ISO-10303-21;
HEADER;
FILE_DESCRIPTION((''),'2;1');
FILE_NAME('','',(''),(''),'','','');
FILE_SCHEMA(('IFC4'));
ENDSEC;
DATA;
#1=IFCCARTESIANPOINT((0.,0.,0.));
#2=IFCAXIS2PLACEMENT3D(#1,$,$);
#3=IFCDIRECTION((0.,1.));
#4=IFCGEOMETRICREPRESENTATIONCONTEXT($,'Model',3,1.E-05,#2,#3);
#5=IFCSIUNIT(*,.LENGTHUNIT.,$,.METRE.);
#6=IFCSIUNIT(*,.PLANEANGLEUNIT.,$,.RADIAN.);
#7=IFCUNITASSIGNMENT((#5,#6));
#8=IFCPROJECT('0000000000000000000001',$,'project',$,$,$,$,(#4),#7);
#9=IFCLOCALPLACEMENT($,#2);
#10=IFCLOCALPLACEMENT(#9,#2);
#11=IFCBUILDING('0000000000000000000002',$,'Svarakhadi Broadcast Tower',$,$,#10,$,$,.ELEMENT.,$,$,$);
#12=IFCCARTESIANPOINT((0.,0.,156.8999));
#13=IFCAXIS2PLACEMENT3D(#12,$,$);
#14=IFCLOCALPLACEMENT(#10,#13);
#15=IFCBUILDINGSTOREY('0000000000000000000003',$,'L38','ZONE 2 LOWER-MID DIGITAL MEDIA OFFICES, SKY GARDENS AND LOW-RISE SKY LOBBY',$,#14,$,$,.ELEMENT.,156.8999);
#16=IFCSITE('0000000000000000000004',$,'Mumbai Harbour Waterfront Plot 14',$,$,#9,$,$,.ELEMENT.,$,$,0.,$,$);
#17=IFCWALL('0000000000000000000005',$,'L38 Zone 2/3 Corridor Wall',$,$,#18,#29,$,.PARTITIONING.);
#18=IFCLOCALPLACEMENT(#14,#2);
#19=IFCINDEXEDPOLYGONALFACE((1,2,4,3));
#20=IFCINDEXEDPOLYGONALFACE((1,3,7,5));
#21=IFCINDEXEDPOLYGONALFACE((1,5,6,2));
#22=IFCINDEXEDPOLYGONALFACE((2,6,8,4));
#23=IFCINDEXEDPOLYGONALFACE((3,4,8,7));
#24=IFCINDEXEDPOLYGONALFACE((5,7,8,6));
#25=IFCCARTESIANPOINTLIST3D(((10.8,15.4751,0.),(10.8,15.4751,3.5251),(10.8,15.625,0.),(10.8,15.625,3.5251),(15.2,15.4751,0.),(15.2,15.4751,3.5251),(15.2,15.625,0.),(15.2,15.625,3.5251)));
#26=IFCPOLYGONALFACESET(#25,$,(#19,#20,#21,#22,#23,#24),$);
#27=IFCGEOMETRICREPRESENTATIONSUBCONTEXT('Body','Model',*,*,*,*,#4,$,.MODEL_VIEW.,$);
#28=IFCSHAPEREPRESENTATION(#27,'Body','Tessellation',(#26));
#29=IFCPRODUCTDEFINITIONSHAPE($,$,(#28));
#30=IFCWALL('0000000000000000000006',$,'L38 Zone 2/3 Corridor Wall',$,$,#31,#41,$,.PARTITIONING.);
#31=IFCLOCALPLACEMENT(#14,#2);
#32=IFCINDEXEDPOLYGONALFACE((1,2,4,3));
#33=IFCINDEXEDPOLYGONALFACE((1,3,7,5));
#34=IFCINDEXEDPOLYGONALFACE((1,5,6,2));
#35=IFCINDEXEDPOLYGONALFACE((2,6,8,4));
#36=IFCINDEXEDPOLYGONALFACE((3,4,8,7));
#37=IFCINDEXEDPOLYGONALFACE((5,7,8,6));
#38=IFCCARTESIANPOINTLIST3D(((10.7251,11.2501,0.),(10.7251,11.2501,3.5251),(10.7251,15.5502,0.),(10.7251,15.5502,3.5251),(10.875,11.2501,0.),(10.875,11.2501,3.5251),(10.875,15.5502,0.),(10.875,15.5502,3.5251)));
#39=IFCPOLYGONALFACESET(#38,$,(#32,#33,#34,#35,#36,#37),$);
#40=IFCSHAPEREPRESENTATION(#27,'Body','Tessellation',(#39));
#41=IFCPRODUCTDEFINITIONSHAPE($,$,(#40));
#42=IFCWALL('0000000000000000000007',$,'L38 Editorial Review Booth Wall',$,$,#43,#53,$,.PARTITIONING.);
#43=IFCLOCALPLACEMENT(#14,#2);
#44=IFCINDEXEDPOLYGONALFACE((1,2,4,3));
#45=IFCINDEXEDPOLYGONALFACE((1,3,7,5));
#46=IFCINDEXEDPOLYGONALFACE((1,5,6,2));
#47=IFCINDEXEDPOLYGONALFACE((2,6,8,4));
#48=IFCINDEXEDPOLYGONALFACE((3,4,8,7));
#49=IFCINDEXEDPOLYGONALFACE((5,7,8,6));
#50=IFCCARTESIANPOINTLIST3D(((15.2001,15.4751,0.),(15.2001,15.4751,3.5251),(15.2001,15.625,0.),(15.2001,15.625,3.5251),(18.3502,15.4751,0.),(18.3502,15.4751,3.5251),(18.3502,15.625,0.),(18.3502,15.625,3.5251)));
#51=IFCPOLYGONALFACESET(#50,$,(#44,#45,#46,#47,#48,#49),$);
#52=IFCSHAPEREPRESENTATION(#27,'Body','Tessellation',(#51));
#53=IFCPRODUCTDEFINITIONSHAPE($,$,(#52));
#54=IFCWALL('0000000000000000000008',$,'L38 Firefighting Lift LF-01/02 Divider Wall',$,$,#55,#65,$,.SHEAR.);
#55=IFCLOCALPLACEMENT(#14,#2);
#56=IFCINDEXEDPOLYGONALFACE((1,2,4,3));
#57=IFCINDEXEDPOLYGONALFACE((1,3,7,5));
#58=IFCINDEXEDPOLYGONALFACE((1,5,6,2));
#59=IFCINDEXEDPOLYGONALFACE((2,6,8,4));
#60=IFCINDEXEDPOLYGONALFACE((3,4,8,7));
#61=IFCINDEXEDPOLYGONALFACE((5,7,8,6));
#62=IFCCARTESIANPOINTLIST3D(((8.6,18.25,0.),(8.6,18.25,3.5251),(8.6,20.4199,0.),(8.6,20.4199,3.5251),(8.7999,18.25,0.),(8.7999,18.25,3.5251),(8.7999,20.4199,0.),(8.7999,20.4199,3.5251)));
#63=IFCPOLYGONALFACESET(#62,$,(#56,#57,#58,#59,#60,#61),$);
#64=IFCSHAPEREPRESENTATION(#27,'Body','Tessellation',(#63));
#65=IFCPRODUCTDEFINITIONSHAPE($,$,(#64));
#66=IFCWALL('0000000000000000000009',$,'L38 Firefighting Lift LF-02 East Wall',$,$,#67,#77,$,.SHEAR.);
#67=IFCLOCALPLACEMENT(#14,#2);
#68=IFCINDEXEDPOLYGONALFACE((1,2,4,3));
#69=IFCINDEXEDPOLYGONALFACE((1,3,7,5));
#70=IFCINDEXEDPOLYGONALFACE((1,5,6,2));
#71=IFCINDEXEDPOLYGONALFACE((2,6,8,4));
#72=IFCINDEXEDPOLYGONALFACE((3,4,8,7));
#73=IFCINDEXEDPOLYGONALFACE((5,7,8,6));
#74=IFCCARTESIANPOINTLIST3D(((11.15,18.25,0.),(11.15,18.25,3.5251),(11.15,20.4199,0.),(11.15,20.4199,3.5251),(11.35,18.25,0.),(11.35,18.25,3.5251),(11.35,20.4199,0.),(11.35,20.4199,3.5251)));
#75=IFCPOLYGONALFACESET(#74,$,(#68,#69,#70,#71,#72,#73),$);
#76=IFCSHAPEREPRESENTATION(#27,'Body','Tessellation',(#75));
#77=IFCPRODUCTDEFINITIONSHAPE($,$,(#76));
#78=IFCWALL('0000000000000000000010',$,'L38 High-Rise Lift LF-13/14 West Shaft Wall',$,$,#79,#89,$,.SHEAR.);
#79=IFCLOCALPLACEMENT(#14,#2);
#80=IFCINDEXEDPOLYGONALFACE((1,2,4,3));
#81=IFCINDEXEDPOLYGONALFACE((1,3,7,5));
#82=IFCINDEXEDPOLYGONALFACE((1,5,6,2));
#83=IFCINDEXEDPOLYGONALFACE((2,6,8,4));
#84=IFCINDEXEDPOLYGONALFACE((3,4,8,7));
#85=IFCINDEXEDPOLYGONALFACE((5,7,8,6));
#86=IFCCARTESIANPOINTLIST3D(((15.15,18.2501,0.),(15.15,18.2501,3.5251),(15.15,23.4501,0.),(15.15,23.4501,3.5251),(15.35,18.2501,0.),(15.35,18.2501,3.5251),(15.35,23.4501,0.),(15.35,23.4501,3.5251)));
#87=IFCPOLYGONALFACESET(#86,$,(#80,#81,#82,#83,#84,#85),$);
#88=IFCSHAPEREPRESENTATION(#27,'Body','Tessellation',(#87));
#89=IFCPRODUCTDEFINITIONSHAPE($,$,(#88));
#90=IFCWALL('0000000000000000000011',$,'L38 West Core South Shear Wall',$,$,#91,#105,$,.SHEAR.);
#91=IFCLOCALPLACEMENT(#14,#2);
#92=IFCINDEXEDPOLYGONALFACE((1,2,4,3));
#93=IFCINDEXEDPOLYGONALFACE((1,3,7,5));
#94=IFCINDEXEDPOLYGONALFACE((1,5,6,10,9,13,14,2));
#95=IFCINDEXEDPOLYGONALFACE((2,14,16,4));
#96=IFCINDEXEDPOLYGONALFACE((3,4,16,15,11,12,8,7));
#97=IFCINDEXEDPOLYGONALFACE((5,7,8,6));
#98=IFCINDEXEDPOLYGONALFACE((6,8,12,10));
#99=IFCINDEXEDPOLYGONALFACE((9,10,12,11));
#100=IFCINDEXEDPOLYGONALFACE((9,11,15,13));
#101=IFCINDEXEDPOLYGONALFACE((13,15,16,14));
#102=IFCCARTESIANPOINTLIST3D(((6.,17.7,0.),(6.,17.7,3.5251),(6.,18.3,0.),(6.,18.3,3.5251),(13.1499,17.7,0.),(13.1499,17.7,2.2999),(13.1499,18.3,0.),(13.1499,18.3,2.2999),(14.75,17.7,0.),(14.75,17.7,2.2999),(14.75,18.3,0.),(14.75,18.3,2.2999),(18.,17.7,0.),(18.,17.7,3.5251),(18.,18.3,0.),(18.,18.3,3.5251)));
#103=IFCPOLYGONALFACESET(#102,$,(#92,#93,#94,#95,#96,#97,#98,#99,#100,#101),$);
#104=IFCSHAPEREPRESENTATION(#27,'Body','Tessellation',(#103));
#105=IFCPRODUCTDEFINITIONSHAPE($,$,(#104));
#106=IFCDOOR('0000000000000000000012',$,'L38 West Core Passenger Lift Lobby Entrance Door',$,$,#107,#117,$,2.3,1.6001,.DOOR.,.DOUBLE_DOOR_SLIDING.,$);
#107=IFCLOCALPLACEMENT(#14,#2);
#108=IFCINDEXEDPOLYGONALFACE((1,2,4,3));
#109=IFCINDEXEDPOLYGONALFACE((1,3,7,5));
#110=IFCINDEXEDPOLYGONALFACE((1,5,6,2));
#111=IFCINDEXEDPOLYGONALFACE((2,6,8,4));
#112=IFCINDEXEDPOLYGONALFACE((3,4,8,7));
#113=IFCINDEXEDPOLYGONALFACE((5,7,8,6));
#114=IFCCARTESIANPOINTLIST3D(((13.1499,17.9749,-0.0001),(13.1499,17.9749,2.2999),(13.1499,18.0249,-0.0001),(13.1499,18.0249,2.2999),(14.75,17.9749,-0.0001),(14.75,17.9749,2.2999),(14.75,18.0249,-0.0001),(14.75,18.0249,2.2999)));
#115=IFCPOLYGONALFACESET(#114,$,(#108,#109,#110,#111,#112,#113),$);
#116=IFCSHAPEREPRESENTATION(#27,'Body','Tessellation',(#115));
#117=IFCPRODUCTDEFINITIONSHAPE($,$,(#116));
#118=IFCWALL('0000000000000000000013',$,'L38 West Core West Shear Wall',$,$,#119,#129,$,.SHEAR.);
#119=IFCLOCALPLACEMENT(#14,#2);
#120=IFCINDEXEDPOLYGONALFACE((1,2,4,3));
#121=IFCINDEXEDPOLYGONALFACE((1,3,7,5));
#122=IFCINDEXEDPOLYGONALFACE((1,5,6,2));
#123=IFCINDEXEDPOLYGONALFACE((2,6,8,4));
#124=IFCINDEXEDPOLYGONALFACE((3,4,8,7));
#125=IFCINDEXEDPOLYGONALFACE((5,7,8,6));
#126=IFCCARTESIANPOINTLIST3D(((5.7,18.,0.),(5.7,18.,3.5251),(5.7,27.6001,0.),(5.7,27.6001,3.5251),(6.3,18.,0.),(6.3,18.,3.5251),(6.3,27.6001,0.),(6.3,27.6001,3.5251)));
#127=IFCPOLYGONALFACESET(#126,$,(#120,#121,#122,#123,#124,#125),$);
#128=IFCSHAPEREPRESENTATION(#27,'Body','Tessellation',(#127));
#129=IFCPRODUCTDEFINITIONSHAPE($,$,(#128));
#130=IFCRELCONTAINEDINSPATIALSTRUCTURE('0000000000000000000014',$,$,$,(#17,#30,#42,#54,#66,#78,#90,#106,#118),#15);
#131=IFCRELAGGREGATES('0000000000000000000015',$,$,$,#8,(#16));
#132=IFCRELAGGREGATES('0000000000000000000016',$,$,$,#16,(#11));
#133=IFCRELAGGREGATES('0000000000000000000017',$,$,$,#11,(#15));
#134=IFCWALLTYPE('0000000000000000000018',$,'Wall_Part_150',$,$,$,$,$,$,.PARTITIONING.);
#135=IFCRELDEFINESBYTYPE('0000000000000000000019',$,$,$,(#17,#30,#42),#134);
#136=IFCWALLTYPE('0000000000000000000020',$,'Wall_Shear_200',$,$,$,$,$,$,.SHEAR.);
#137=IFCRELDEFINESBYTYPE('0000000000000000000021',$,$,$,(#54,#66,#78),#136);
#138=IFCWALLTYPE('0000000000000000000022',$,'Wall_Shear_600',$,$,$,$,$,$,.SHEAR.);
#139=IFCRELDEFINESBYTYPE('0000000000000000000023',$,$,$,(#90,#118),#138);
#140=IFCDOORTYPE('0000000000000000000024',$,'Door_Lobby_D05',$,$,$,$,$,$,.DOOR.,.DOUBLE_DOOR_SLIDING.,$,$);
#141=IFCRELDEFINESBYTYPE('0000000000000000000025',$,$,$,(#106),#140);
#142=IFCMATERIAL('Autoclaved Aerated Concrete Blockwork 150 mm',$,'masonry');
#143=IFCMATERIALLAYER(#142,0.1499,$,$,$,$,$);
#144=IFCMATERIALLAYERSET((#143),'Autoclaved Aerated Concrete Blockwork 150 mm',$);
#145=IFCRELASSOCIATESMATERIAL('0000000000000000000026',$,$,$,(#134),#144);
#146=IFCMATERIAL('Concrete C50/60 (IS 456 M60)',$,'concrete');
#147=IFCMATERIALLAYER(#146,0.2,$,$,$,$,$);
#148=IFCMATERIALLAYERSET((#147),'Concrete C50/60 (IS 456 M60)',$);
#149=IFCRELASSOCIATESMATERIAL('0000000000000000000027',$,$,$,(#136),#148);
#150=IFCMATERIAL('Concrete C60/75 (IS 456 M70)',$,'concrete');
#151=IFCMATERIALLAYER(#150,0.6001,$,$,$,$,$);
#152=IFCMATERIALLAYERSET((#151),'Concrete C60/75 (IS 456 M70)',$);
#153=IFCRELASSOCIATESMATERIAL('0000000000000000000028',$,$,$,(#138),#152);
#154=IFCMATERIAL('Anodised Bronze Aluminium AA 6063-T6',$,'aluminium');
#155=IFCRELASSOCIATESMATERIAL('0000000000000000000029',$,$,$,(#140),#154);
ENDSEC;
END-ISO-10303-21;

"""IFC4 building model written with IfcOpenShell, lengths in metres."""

from ifc_helpers import new_model, si_unit, direction, frame, frame_2d, origin, place, context, subcontext, project, spatial, rectangle, extrude, material, layer, layer_set, type_object, element, fill, save


model = new_model("IFC4")

# Units and contexts
model_context = context("Model", 3, precision=1e-05, world=origin(), true_north=direction((0.0, 1.0)))
body_context = subcontext(model_context, "Body", "Model", "MODEL_VIEW")
ifc_project = project(units=[si_unit("LENGTHUNIT", "METRE"), si_unit("PLANEANGLEUNIT", "RADIAN")], contexts=[model_context])

# Site, building, storey
site_placement = place(None, origin())
site = spatial("IfcSite", under=ifc_project, at=site_placement, Name="Mumbai Harbour Waterfront Plot 14", CompositionType="ELEMENT", RefElevation=0.0)
building_placement = place(site_placement, origin())
building = spatial("IfcBuilding", under=site, at=building_placement, Name="Svarakhadi Broadcast Tower", CompositionType="ELEMENT")
storey_placement = place(building_placement, frame((0.0, 0.0, 156.8999)))
storey = spatial("IfcBuildingStorey", under=building, at=storey_placement, Name="L38", Description="ZONE 2 LOWER-MID DIGITAL MEDIA OFFICES, SKY GARDENS AND LOW-RISE SKY LOBBY", CompositionType="ELEMENT", Elevation=156.8999)

# Shared definitions
ifc_material_1 = material(Name="Concrete C50/60 (IS 456 M60)", Category="concrete")

# Shared definitions
ifc_material_2 = material(Name="Autoclaved Aerated Concrete Blockwork 150 mm", Category="masonry")
ifc_layer_1 = layer(ifc_material_2, 0.1499)
ifc_layer_set_1 = layer_set([ifc_layer_1], Name="Autoclaved Aerated Concrete Blockwork 150 mm")
wall_type_1 = type_object("IfcWallType", Name="Wall_Part_150", PredefinedType="PARTITIONING", material=ifc_layer_set_1)

# Walls
wall_1_placement = place(storey_placement, frame((15.2, 15.55, 0.0), z_axis=(0.0, 0.0, 1.0), x_axis=(-1.0, 0.0, 0.0)))
element("IfcWall", 1, at=wall_1_placement, inside=storey, type_object=wall_type_1, Name="L38 Zone 2/3 Corridor Wall", PredefinedType="PARTITIONING", context=body_context, shape_type="SweptSolid", body=[
    extrude(rectangle(XDim=4.3999, YDim=0.1499, at=frame_2d((2.2, 0.0))), origin(), (0.0, 0.0, 1.0), 3.5251),
])
wall_2_placement = place(storey_placement, frame((10.8, 15.55, 0.0), z_axis=(0.0, 0.0, 1.0), x_axis=(0.0, -1.0, 0.0)))
element("IfcWall", 2, at=wall_2_placement, inside=storey, type_object=wall_type_1, Name="L38 Zone 2/3 Corridor Wall", PredefinedType="PARTITIONING", context=body_context, shape_type="SweptSolid", body=[
    extrude(rectangle(XDim=4.3, YDim=0.1499, at=frame_2d((2.1499, 0.0))), origin(), (0.0, 0.0, 1.0), 3.5251),
])
wall_3_placement = place(storey_placement, frame((15.2, 15.55, 0.0), z_axis=(0.0, 0.0, 1.0), x_axis=(1.0, 0.0, 0.0)))
element("IfcWall", 3, at=wall_3_placement, inside=storey, type_object=wall_type_1, Name="L38 Editorial Review Booth Wall", PredefinedType="PARTITIONING", context=body_context, shape_type="SweptSolid", body=[
    extrude(rectangle(XDim=3.1501, YDim=0.1499, at=frame_2d((1.5752, 0.0))), origin(), (0.0, 0.0, 1.0), 3.5251),
])
ifc_layer_2 = layer(ifc_material_1, 0.2)
ifc_layer_set_2 = layer_set([ifc_layer_2], Name="Concrete C50/60 (IS 456 M60)")
wall_type_2 = type_object("IfcWallType", Name="Wall_Shear_200", PredefinedType="SHEAR", material=ifc_layer_set_2)
for number, where, z_axis, x_axis, name in (
    (4, (8.7, 18.25, 0.0), (0.0, 0.0, 1.0), (0.0, 1.0, 0.0), "L38 Firefighting Lift LF-01/02 Divider Wall"),
    (5, (11.25, 18.25, 0.0), (0.0, 0.0, 1.0), (0.0, 1.0, 0.0), "L38 Firefighting Lift LF-02 East Wall"),
):
    element("IfcWall", number, at=place(storey_placement, frame(where, z_axis=z_axis, x_axis=x_axis)), inside=storey, type_object=wall_type_2, Name=name, PredefinedType="SHEAR", context=body_context, shape_type="SweptSolid", body=[
        extrude(rectangle(XDim=2.1699, YDim=0.2, at=frame_2d((1.085, 0.0))), origin(), (0.0, 0.0, 1.0), 3.5251),
    ])
wall_4_placement = place(storey_placement, frame((15.25, 18.25, 0.0), z_axis=(0.0, 0.0, 1.0), x_axis=(0.0, 1.0, 0.0)))
element("IfcWall", 6, at=wall_4_placement, inside=storey, type_object=wall_type_2, Name="L38 High-Rise Lift LF-13/14 West Shaft Wall", PredefinedType="SHEAR", context=body_context, shape_type="SweptSolid", body=[
    extrude(rectangle(XDim=5.2, YDim=0.2, at=frame_2d((2.6001, 0.0))), origin(), (0.0, 0.0, 1.0), 3.5251),
])

# Wall, opening, door
ifc_material_3 = material(Name="Concrete C60/75 (IS 456 M70)", Category="concrete")
ifc_layer_3 = layer(ifc_material_3, 0.6001)
ifc_layer_set_3 = layer_set([ifc_layer_3], Name="Concrete C60/75 (IS 456 M70)")
wall_type_3 = type_object("IfcWallType", Name="Wall_Shear_600", PredefinedType="SHEAR", material=ifc_layer_set_3)
wall_5_placement = place(storey_placement, frame((6.0, 18.0, 0.0), z_axis=(0.0, 0.0, 1.0), x_axis=(1.0, 0.0, 0.0)))
wall_5 = element("IfcWall", 7, at=wall_5_placement, inside=storey, type_object=wall_type_3, Name="L38 West Core South Shear Wall", PredefinedType="SHEAR", context=body_context, shape_type="SweptSolid", body=[
    extrude(rectangle(XDim=12.0, YDim=0.6001, at=frame_2d((6.0, 0.0))), origin(), (0.0, 0.0, 1.0), 3.5251),
])
opening_1_placement = place(wall_5_placement, frame((7.1499, 0.0, 0.0)))
opening_1 = element("IfcOpeningElement", 8, at=opening_1_placement, cuts=wall_5, PredefinedType="OPENING", context=body_context, shape_type="SweptSolid", body=[
    extrude(rectangle(XDim=1.6001, YDim=2.3, at=frame_2d((0.8, 1.1499))), frame((0.0, 0.3101, 0.0), z_axis=(0.0, -1.0, 0.0), x_axis=(1.0, 0.0, 0.0)), (0.0, 0.0, 1.0), 0.6201),
])
ifc_material_4 = material(Name="Anodised Bronze Aluminium AA 6063-T6", Category="aluminium")
door_type_1 = type_object("IfcDoorType", Name="Door_Lobby_D05", OperationType="DOUBLE_DOOR_SLIDING", PredefinedType="DOOR", material=ifc_material_4)
door_1_placement = place(opening_1_placement, origin())
door_1 = element("IfcDoor", 9, at=door_1_placement, inside=storey, type_object=door_type_1, Name="L38 West Core Passenger Lift Lobby Entrance Door", OperationType="DOUBLE_DOOR_SLIDING", OverallHeight=2.3, OverallWidth=1.6001, PredefinedType="DOOR", context=body_context, shape_type="SweptSolid", body=[
    extrude(rectangle(XDim=1.6001, YDim=2.3, at=frame_2d((0.8, 1.1499))), frame((0.0, 0.0249, 0.0), z_axis=(0.0, -1.0, 0.0), x_axis=(1.0, 0.0, 0.0)), (0.0, 0.0, 1.0), 0.05),
])
fill(opening_1, door_1)

# Wall
wall_6_placement = place(storey_placement, frame((6.0, 18.0, 0.0), z_axis=(0.0, 0.0, 1.0), x_axis=(0.0, 1.0, 0.0)))
element("IfcWall", 10, at=wall_6_placement, inside=storey, type_object=wall_type_3, Name="L38 West Core West Shear Wall", PredefinedType="SHEAR", context=body_context, shape_type="SweptSolid", body=[
    extrude(rectangle(XDim=9.6001, YDim=0.6001, at=frame_2d((4.8, 0.0))), origin(), (0.0, 0.0, 1.0), 3.5251),
])

save(model, "model.ifc")
